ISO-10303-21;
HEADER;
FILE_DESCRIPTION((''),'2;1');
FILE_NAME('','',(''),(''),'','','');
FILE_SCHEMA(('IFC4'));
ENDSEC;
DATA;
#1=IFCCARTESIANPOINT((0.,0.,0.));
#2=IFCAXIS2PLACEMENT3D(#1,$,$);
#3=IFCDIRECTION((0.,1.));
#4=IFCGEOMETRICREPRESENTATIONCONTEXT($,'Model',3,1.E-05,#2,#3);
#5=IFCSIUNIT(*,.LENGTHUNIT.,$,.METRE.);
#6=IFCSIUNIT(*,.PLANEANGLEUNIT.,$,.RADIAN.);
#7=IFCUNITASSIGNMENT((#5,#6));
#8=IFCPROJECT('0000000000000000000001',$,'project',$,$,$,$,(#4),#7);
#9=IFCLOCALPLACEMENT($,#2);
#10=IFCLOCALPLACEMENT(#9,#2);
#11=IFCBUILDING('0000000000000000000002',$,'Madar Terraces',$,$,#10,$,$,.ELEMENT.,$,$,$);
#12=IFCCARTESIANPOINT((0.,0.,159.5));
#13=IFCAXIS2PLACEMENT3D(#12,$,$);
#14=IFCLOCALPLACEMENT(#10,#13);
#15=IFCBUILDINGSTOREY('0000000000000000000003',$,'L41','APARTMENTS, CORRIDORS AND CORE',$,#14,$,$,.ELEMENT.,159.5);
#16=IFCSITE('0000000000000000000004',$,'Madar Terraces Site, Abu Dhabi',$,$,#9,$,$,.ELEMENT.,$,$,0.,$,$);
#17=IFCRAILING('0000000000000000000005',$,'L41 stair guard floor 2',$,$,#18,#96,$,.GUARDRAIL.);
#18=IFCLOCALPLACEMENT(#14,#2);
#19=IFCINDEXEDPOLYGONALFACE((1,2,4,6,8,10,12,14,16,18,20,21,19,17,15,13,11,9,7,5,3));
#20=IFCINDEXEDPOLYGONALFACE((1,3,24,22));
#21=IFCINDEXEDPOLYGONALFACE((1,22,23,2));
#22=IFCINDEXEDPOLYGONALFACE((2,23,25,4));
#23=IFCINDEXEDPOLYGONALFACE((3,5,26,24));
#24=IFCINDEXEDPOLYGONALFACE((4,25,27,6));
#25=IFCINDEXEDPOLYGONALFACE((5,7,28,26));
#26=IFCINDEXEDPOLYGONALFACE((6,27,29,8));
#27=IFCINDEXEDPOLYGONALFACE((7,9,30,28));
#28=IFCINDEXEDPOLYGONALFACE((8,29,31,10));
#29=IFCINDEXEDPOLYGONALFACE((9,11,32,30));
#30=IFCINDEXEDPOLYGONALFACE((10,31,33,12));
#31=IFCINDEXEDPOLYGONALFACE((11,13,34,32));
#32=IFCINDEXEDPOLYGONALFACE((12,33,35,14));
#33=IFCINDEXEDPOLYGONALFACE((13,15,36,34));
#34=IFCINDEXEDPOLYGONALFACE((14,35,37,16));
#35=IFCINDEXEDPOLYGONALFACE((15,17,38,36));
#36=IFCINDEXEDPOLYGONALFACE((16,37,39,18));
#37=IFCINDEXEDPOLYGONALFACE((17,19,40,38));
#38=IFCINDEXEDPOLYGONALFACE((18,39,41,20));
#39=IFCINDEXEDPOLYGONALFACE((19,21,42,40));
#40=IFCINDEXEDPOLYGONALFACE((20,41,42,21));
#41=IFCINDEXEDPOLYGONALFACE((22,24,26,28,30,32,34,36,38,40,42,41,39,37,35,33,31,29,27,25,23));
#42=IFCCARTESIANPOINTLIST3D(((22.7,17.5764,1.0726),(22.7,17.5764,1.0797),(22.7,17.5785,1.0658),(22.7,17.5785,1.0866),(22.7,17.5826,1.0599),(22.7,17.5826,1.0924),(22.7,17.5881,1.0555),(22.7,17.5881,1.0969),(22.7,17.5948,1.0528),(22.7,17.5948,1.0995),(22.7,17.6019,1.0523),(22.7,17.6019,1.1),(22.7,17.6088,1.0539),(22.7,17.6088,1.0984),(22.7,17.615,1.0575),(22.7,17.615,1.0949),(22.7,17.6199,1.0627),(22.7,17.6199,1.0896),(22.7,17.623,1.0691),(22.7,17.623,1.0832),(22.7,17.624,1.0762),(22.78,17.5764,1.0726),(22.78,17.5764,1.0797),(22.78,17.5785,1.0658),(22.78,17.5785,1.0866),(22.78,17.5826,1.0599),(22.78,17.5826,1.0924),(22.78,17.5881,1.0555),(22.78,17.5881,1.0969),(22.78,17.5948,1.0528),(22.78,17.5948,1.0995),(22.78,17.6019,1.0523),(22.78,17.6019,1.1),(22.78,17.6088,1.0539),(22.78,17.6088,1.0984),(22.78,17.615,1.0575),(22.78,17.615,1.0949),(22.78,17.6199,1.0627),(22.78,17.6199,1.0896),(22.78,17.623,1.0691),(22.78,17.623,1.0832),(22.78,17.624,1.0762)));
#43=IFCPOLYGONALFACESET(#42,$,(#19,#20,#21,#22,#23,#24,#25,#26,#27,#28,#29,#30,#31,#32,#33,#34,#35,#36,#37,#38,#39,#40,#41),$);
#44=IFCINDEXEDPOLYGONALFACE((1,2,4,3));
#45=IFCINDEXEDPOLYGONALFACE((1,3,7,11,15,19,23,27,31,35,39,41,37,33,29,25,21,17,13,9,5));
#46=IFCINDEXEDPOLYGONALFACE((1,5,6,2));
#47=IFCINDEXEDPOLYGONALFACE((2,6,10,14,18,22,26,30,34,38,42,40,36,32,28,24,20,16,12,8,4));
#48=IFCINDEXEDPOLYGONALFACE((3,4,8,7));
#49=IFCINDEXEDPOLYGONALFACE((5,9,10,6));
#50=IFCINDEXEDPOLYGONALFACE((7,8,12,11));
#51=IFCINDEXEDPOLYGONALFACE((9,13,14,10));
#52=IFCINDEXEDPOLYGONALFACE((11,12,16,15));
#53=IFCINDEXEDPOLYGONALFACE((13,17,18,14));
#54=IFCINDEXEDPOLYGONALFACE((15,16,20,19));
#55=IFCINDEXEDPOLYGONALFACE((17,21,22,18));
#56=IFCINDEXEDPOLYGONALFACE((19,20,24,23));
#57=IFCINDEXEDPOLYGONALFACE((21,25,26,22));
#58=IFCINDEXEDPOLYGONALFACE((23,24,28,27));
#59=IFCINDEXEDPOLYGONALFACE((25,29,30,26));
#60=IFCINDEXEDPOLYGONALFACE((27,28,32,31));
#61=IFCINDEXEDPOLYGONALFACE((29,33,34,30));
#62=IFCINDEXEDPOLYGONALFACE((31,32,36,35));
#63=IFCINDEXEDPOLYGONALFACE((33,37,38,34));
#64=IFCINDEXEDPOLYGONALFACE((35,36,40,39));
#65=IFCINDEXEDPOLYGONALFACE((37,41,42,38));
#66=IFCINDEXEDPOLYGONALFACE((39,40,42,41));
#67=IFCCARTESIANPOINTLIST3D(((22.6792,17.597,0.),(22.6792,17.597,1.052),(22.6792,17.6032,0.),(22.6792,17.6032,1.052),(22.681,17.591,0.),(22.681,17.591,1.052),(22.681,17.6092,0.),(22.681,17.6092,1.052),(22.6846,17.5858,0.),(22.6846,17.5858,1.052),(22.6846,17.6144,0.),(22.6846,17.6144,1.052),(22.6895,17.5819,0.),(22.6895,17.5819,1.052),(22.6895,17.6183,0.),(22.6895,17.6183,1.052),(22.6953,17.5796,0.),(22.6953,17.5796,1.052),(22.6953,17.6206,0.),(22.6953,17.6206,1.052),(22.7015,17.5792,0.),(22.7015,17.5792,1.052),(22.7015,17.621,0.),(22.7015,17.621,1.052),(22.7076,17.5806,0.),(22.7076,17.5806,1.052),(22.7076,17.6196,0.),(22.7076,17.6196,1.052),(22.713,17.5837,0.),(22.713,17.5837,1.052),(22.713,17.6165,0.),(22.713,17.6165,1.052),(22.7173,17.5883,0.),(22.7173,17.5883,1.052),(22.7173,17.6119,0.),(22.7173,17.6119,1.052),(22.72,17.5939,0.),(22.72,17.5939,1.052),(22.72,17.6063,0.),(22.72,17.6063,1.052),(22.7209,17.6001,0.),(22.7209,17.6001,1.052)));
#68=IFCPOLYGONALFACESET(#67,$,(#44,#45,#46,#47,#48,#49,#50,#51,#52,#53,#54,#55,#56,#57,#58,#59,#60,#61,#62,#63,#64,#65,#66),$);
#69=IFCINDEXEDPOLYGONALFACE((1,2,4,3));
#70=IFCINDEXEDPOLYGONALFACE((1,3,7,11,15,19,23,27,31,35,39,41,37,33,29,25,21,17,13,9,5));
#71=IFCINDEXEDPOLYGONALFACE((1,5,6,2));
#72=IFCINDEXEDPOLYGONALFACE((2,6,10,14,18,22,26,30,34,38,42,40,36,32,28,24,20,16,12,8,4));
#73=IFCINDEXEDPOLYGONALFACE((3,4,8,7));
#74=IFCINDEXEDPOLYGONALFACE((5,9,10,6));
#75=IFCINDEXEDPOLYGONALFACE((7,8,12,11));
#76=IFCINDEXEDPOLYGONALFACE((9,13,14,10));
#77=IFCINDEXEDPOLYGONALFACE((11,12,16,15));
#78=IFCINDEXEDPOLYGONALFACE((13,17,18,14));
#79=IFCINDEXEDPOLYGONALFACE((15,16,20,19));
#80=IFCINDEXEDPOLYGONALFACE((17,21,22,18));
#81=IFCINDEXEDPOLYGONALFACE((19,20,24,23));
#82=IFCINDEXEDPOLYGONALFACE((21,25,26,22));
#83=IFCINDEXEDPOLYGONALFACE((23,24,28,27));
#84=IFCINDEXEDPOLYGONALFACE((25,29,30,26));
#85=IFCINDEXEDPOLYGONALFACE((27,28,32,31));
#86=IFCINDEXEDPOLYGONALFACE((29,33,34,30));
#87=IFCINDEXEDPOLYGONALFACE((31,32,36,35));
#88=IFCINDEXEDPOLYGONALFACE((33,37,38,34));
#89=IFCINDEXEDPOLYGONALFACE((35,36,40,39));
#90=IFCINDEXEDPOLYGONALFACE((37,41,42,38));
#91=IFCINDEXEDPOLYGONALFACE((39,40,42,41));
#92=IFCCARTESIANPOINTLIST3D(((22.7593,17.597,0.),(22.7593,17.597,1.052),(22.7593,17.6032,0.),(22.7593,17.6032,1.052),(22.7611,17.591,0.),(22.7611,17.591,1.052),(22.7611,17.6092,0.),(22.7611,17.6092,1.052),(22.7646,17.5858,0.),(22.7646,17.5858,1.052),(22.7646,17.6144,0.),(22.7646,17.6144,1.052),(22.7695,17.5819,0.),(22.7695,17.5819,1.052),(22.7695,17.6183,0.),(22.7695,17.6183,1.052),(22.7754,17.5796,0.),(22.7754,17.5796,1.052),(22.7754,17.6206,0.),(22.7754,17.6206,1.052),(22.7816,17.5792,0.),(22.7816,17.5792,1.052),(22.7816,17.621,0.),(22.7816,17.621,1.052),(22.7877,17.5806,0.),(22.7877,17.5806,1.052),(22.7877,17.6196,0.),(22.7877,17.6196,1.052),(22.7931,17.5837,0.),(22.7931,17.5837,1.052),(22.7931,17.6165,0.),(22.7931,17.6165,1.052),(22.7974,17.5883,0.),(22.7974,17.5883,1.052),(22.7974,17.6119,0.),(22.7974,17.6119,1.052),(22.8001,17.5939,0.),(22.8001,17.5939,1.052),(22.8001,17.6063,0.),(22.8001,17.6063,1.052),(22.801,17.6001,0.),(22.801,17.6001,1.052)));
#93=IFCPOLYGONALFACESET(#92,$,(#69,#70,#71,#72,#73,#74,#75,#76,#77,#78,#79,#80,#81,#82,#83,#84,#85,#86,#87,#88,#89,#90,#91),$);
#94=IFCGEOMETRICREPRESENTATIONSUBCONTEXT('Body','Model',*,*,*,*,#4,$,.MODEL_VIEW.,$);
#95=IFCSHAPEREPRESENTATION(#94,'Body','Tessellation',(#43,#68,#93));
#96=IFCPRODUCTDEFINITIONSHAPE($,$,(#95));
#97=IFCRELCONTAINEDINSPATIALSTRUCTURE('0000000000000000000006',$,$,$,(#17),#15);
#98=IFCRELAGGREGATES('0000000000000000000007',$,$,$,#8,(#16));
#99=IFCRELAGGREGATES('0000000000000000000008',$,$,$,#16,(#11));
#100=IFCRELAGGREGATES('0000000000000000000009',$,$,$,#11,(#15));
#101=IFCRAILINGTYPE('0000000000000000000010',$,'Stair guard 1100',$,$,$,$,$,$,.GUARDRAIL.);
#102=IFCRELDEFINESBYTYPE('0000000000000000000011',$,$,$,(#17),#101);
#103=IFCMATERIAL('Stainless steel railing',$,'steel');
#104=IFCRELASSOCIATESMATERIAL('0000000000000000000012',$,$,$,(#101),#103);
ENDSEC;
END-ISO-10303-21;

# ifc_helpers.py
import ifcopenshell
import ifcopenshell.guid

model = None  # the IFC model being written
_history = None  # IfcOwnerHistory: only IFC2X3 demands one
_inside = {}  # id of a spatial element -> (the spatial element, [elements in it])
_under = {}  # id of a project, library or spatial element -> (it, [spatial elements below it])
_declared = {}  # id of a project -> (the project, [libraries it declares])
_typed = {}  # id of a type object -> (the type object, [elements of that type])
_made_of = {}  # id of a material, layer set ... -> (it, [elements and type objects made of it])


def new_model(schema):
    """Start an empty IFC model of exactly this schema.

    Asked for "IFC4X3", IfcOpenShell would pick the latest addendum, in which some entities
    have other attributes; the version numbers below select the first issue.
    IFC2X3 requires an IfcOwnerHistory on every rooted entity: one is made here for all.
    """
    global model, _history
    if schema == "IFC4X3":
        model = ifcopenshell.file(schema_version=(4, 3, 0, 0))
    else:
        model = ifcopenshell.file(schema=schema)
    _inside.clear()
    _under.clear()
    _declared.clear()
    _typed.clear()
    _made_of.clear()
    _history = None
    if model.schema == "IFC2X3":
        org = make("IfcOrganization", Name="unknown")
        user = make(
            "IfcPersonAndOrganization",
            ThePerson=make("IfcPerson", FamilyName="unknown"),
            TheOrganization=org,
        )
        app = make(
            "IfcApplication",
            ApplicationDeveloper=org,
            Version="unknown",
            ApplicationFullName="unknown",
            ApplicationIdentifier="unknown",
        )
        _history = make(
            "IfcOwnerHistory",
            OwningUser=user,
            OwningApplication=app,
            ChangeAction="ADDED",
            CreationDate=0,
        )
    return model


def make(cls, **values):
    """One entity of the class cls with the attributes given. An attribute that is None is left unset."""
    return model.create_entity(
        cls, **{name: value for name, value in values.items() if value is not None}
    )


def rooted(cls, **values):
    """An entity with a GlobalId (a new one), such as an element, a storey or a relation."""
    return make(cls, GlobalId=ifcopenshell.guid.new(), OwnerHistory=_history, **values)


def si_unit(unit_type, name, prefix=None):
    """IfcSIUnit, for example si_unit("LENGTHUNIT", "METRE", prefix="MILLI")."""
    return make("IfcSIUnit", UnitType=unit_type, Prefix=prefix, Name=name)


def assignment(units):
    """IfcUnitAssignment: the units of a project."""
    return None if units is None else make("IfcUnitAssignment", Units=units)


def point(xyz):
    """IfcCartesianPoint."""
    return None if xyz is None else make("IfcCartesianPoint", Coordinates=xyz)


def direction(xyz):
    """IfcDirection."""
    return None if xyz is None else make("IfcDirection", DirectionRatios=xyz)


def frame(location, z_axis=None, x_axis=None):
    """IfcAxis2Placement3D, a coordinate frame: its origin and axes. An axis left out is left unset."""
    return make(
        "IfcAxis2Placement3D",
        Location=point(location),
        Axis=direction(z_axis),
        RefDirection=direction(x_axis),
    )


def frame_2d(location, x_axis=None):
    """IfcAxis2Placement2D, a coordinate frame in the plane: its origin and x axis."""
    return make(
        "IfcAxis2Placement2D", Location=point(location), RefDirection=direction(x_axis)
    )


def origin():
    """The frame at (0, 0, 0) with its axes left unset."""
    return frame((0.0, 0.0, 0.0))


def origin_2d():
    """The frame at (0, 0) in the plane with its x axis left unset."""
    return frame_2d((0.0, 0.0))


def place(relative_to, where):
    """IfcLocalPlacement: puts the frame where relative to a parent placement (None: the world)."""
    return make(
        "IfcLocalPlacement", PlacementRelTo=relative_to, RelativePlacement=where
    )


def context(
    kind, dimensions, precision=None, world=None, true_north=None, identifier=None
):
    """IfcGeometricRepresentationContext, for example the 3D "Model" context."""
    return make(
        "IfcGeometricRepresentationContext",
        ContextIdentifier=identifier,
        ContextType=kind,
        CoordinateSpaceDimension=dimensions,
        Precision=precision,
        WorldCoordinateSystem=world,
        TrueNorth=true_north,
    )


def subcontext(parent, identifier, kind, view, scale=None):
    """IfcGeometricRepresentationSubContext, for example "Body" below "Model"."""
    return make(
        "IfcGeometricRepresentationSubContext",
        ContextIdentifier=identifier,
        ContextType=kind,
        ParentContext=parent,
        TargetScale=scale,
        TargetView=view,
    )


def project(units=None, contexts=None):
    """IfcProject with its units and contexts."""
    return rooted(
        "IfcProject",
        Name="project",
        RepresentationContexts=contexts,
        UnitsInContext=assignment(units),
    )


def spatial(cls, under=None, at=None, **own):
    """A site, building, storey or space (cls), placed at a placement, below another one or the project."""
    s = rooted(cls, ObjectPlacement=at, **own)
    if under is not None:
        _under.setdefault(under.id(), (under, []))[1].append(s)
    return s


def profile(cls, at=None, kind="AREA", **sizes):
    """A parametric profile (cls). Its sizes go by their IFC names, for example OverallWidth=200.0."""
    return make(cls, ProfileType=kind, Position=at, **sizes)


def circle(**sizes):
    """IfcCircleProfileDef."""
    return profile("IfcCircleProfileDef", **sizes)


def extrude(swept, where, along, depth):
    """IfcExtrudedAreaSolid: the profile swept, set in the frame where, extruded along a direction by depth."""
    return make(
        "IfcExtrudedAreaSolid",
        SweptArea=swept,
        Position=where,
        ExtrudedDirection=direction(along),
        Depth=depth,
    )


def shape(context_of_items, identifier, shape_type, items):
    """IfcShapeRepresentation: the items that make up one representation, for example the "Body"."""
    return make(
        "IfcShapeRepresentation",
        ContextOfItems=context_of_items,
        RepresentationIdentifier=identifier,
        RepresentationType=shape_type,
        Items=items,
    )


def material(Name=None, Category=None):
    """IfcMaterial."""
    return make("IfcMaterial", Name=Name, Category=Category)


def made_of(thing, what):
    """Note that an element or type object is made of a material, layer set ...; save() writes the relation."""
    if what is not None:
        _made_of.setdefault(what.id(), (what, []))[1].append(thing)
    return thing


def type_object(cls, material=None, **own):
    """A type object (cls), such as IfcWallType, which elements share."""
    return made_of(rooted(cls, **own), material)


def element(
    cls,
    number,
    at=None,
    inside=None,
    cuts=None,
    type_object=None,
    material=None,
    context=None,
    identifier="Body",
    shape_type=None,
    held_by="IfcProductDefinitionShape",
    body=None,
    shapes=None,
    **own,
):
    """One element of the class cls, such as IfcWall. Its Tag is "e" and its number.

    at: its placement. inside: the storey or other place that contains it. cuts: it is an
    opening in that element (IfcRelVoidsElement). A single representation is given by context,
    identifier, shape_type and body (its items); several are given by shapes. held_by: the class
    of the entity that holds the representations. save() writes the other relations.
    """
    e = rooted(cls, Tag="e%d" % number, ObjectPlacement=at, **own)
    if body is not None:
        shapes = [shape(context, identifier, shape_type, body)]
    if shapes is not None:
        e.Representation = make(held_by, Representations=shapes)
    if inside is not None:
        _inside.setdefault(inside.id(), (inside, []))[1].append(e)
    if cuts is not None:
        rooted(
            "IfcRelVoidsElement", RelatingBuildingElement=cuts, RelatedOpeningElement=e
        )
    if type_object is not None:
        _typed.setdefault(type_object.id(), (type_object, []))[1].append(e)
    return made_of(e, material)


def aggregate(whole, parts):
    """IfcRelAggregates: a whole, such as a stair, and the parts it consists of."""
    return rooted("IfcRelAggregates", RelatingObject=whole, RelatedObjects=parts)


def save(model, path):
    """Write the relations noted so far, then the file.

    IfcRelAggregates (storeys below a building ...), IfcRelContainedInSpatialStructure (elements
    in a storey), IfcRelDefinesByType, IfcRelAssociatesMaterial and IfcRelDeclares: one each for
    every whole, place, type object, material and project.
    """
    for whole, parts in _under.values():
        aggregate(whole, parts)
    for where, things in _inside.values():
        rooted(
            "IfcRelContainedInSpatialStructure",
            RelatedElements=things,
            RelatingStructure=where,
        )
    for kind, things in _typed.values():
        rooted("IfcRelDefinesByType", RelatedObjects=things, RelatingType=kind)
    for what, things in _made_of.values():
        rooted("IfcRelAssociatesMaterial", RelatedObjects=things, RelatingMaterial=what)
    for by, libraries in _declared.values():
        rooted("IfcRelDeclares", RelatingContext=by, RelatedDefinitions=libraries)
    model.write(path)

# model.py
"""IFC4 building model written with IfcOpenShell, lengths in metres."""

from ifc_helpers import new_model, si_unit, direction, frame, origin, origin_2d, place, context, subcontext, project, spatial, circle, extrude, material, type_object, element, save


model = new_model("IFC4")

# Units and contexts
model_context = context("Model", 3, precision=1e-05, world=origin(), true_north=direction((0.0, 1.0)))
body_context = subcontext(model_context, "Body", "Model", "MODEL_VIEW")
ifc_project = project(units=[si_unit("LENGTHUNIT", "METRE"), si_unit("PLANEANGLEUNIT", "RADIAN")], contexts=[model_context])

# Site, building, storey
site_placement = place(None, origin())
site = spatial("IfcSite", under=ifc_project, at=site_placement, Name="Madar Terraces Site, Abu Dhabi", CompositionType="ELEMENT", RefElevation=0.0)
building_placement = place(site_placement, origin())
building = spatial("IfcBuilding", under=site, at=building_placement, Name="Madar Terraces", CompositionType="ELEMENT")
storey_placement = place(building_placement, frame((0.0, 0.0, 159.5)))
storey = spatial("IfcBuildingStorey", under=building, at=storey_placement, Name="L41", Description="APARTMENTS, CORRIDORS AND CORE", CompositionType="ELEMENT", Elevation=159.5)

# Railing
ifc_material_1 = material(Name="Stainless steel railing", Category="steel")
railing_type_1 = type_object("IfcRailingType", Name="Stair guard 1100", PredefinedType="GUARDRAIL", material=ifc_material_1)
railing_1_placement = place(storey_placement, frame((22.7, 17.6001, 0.0)))
element("IfcRailing", 1, at=railing_1_placement, inside=storey, type_object=railing_type_1, Name="L41 stair guard floor 2", PredefinedType="GUARDRAIL", context=body_context, shape_type="SweptSolid", body=[
    extrude(circle(Radius=0.0239, at=origin_2d()), frame((0.0, 0.0, 1.0762), z_axis=(1.0, 0.0, 0.0), x_axis=(0.0, 1.0, 0.0)), (0.0, 0.0, 1.0), 0.0801),
    extrude(circle(Radius=0.021, at=origin_2d()), origin(), (0.0, 0.0, 1.0), 1.052),
    extrude(circle(Radius=0.021, at=origin_2d()), frame((0.0801, 0.0, 0.0)), (0.0, 0.0, 1.0), 1.052),
])

save(model, "model.ifc")
